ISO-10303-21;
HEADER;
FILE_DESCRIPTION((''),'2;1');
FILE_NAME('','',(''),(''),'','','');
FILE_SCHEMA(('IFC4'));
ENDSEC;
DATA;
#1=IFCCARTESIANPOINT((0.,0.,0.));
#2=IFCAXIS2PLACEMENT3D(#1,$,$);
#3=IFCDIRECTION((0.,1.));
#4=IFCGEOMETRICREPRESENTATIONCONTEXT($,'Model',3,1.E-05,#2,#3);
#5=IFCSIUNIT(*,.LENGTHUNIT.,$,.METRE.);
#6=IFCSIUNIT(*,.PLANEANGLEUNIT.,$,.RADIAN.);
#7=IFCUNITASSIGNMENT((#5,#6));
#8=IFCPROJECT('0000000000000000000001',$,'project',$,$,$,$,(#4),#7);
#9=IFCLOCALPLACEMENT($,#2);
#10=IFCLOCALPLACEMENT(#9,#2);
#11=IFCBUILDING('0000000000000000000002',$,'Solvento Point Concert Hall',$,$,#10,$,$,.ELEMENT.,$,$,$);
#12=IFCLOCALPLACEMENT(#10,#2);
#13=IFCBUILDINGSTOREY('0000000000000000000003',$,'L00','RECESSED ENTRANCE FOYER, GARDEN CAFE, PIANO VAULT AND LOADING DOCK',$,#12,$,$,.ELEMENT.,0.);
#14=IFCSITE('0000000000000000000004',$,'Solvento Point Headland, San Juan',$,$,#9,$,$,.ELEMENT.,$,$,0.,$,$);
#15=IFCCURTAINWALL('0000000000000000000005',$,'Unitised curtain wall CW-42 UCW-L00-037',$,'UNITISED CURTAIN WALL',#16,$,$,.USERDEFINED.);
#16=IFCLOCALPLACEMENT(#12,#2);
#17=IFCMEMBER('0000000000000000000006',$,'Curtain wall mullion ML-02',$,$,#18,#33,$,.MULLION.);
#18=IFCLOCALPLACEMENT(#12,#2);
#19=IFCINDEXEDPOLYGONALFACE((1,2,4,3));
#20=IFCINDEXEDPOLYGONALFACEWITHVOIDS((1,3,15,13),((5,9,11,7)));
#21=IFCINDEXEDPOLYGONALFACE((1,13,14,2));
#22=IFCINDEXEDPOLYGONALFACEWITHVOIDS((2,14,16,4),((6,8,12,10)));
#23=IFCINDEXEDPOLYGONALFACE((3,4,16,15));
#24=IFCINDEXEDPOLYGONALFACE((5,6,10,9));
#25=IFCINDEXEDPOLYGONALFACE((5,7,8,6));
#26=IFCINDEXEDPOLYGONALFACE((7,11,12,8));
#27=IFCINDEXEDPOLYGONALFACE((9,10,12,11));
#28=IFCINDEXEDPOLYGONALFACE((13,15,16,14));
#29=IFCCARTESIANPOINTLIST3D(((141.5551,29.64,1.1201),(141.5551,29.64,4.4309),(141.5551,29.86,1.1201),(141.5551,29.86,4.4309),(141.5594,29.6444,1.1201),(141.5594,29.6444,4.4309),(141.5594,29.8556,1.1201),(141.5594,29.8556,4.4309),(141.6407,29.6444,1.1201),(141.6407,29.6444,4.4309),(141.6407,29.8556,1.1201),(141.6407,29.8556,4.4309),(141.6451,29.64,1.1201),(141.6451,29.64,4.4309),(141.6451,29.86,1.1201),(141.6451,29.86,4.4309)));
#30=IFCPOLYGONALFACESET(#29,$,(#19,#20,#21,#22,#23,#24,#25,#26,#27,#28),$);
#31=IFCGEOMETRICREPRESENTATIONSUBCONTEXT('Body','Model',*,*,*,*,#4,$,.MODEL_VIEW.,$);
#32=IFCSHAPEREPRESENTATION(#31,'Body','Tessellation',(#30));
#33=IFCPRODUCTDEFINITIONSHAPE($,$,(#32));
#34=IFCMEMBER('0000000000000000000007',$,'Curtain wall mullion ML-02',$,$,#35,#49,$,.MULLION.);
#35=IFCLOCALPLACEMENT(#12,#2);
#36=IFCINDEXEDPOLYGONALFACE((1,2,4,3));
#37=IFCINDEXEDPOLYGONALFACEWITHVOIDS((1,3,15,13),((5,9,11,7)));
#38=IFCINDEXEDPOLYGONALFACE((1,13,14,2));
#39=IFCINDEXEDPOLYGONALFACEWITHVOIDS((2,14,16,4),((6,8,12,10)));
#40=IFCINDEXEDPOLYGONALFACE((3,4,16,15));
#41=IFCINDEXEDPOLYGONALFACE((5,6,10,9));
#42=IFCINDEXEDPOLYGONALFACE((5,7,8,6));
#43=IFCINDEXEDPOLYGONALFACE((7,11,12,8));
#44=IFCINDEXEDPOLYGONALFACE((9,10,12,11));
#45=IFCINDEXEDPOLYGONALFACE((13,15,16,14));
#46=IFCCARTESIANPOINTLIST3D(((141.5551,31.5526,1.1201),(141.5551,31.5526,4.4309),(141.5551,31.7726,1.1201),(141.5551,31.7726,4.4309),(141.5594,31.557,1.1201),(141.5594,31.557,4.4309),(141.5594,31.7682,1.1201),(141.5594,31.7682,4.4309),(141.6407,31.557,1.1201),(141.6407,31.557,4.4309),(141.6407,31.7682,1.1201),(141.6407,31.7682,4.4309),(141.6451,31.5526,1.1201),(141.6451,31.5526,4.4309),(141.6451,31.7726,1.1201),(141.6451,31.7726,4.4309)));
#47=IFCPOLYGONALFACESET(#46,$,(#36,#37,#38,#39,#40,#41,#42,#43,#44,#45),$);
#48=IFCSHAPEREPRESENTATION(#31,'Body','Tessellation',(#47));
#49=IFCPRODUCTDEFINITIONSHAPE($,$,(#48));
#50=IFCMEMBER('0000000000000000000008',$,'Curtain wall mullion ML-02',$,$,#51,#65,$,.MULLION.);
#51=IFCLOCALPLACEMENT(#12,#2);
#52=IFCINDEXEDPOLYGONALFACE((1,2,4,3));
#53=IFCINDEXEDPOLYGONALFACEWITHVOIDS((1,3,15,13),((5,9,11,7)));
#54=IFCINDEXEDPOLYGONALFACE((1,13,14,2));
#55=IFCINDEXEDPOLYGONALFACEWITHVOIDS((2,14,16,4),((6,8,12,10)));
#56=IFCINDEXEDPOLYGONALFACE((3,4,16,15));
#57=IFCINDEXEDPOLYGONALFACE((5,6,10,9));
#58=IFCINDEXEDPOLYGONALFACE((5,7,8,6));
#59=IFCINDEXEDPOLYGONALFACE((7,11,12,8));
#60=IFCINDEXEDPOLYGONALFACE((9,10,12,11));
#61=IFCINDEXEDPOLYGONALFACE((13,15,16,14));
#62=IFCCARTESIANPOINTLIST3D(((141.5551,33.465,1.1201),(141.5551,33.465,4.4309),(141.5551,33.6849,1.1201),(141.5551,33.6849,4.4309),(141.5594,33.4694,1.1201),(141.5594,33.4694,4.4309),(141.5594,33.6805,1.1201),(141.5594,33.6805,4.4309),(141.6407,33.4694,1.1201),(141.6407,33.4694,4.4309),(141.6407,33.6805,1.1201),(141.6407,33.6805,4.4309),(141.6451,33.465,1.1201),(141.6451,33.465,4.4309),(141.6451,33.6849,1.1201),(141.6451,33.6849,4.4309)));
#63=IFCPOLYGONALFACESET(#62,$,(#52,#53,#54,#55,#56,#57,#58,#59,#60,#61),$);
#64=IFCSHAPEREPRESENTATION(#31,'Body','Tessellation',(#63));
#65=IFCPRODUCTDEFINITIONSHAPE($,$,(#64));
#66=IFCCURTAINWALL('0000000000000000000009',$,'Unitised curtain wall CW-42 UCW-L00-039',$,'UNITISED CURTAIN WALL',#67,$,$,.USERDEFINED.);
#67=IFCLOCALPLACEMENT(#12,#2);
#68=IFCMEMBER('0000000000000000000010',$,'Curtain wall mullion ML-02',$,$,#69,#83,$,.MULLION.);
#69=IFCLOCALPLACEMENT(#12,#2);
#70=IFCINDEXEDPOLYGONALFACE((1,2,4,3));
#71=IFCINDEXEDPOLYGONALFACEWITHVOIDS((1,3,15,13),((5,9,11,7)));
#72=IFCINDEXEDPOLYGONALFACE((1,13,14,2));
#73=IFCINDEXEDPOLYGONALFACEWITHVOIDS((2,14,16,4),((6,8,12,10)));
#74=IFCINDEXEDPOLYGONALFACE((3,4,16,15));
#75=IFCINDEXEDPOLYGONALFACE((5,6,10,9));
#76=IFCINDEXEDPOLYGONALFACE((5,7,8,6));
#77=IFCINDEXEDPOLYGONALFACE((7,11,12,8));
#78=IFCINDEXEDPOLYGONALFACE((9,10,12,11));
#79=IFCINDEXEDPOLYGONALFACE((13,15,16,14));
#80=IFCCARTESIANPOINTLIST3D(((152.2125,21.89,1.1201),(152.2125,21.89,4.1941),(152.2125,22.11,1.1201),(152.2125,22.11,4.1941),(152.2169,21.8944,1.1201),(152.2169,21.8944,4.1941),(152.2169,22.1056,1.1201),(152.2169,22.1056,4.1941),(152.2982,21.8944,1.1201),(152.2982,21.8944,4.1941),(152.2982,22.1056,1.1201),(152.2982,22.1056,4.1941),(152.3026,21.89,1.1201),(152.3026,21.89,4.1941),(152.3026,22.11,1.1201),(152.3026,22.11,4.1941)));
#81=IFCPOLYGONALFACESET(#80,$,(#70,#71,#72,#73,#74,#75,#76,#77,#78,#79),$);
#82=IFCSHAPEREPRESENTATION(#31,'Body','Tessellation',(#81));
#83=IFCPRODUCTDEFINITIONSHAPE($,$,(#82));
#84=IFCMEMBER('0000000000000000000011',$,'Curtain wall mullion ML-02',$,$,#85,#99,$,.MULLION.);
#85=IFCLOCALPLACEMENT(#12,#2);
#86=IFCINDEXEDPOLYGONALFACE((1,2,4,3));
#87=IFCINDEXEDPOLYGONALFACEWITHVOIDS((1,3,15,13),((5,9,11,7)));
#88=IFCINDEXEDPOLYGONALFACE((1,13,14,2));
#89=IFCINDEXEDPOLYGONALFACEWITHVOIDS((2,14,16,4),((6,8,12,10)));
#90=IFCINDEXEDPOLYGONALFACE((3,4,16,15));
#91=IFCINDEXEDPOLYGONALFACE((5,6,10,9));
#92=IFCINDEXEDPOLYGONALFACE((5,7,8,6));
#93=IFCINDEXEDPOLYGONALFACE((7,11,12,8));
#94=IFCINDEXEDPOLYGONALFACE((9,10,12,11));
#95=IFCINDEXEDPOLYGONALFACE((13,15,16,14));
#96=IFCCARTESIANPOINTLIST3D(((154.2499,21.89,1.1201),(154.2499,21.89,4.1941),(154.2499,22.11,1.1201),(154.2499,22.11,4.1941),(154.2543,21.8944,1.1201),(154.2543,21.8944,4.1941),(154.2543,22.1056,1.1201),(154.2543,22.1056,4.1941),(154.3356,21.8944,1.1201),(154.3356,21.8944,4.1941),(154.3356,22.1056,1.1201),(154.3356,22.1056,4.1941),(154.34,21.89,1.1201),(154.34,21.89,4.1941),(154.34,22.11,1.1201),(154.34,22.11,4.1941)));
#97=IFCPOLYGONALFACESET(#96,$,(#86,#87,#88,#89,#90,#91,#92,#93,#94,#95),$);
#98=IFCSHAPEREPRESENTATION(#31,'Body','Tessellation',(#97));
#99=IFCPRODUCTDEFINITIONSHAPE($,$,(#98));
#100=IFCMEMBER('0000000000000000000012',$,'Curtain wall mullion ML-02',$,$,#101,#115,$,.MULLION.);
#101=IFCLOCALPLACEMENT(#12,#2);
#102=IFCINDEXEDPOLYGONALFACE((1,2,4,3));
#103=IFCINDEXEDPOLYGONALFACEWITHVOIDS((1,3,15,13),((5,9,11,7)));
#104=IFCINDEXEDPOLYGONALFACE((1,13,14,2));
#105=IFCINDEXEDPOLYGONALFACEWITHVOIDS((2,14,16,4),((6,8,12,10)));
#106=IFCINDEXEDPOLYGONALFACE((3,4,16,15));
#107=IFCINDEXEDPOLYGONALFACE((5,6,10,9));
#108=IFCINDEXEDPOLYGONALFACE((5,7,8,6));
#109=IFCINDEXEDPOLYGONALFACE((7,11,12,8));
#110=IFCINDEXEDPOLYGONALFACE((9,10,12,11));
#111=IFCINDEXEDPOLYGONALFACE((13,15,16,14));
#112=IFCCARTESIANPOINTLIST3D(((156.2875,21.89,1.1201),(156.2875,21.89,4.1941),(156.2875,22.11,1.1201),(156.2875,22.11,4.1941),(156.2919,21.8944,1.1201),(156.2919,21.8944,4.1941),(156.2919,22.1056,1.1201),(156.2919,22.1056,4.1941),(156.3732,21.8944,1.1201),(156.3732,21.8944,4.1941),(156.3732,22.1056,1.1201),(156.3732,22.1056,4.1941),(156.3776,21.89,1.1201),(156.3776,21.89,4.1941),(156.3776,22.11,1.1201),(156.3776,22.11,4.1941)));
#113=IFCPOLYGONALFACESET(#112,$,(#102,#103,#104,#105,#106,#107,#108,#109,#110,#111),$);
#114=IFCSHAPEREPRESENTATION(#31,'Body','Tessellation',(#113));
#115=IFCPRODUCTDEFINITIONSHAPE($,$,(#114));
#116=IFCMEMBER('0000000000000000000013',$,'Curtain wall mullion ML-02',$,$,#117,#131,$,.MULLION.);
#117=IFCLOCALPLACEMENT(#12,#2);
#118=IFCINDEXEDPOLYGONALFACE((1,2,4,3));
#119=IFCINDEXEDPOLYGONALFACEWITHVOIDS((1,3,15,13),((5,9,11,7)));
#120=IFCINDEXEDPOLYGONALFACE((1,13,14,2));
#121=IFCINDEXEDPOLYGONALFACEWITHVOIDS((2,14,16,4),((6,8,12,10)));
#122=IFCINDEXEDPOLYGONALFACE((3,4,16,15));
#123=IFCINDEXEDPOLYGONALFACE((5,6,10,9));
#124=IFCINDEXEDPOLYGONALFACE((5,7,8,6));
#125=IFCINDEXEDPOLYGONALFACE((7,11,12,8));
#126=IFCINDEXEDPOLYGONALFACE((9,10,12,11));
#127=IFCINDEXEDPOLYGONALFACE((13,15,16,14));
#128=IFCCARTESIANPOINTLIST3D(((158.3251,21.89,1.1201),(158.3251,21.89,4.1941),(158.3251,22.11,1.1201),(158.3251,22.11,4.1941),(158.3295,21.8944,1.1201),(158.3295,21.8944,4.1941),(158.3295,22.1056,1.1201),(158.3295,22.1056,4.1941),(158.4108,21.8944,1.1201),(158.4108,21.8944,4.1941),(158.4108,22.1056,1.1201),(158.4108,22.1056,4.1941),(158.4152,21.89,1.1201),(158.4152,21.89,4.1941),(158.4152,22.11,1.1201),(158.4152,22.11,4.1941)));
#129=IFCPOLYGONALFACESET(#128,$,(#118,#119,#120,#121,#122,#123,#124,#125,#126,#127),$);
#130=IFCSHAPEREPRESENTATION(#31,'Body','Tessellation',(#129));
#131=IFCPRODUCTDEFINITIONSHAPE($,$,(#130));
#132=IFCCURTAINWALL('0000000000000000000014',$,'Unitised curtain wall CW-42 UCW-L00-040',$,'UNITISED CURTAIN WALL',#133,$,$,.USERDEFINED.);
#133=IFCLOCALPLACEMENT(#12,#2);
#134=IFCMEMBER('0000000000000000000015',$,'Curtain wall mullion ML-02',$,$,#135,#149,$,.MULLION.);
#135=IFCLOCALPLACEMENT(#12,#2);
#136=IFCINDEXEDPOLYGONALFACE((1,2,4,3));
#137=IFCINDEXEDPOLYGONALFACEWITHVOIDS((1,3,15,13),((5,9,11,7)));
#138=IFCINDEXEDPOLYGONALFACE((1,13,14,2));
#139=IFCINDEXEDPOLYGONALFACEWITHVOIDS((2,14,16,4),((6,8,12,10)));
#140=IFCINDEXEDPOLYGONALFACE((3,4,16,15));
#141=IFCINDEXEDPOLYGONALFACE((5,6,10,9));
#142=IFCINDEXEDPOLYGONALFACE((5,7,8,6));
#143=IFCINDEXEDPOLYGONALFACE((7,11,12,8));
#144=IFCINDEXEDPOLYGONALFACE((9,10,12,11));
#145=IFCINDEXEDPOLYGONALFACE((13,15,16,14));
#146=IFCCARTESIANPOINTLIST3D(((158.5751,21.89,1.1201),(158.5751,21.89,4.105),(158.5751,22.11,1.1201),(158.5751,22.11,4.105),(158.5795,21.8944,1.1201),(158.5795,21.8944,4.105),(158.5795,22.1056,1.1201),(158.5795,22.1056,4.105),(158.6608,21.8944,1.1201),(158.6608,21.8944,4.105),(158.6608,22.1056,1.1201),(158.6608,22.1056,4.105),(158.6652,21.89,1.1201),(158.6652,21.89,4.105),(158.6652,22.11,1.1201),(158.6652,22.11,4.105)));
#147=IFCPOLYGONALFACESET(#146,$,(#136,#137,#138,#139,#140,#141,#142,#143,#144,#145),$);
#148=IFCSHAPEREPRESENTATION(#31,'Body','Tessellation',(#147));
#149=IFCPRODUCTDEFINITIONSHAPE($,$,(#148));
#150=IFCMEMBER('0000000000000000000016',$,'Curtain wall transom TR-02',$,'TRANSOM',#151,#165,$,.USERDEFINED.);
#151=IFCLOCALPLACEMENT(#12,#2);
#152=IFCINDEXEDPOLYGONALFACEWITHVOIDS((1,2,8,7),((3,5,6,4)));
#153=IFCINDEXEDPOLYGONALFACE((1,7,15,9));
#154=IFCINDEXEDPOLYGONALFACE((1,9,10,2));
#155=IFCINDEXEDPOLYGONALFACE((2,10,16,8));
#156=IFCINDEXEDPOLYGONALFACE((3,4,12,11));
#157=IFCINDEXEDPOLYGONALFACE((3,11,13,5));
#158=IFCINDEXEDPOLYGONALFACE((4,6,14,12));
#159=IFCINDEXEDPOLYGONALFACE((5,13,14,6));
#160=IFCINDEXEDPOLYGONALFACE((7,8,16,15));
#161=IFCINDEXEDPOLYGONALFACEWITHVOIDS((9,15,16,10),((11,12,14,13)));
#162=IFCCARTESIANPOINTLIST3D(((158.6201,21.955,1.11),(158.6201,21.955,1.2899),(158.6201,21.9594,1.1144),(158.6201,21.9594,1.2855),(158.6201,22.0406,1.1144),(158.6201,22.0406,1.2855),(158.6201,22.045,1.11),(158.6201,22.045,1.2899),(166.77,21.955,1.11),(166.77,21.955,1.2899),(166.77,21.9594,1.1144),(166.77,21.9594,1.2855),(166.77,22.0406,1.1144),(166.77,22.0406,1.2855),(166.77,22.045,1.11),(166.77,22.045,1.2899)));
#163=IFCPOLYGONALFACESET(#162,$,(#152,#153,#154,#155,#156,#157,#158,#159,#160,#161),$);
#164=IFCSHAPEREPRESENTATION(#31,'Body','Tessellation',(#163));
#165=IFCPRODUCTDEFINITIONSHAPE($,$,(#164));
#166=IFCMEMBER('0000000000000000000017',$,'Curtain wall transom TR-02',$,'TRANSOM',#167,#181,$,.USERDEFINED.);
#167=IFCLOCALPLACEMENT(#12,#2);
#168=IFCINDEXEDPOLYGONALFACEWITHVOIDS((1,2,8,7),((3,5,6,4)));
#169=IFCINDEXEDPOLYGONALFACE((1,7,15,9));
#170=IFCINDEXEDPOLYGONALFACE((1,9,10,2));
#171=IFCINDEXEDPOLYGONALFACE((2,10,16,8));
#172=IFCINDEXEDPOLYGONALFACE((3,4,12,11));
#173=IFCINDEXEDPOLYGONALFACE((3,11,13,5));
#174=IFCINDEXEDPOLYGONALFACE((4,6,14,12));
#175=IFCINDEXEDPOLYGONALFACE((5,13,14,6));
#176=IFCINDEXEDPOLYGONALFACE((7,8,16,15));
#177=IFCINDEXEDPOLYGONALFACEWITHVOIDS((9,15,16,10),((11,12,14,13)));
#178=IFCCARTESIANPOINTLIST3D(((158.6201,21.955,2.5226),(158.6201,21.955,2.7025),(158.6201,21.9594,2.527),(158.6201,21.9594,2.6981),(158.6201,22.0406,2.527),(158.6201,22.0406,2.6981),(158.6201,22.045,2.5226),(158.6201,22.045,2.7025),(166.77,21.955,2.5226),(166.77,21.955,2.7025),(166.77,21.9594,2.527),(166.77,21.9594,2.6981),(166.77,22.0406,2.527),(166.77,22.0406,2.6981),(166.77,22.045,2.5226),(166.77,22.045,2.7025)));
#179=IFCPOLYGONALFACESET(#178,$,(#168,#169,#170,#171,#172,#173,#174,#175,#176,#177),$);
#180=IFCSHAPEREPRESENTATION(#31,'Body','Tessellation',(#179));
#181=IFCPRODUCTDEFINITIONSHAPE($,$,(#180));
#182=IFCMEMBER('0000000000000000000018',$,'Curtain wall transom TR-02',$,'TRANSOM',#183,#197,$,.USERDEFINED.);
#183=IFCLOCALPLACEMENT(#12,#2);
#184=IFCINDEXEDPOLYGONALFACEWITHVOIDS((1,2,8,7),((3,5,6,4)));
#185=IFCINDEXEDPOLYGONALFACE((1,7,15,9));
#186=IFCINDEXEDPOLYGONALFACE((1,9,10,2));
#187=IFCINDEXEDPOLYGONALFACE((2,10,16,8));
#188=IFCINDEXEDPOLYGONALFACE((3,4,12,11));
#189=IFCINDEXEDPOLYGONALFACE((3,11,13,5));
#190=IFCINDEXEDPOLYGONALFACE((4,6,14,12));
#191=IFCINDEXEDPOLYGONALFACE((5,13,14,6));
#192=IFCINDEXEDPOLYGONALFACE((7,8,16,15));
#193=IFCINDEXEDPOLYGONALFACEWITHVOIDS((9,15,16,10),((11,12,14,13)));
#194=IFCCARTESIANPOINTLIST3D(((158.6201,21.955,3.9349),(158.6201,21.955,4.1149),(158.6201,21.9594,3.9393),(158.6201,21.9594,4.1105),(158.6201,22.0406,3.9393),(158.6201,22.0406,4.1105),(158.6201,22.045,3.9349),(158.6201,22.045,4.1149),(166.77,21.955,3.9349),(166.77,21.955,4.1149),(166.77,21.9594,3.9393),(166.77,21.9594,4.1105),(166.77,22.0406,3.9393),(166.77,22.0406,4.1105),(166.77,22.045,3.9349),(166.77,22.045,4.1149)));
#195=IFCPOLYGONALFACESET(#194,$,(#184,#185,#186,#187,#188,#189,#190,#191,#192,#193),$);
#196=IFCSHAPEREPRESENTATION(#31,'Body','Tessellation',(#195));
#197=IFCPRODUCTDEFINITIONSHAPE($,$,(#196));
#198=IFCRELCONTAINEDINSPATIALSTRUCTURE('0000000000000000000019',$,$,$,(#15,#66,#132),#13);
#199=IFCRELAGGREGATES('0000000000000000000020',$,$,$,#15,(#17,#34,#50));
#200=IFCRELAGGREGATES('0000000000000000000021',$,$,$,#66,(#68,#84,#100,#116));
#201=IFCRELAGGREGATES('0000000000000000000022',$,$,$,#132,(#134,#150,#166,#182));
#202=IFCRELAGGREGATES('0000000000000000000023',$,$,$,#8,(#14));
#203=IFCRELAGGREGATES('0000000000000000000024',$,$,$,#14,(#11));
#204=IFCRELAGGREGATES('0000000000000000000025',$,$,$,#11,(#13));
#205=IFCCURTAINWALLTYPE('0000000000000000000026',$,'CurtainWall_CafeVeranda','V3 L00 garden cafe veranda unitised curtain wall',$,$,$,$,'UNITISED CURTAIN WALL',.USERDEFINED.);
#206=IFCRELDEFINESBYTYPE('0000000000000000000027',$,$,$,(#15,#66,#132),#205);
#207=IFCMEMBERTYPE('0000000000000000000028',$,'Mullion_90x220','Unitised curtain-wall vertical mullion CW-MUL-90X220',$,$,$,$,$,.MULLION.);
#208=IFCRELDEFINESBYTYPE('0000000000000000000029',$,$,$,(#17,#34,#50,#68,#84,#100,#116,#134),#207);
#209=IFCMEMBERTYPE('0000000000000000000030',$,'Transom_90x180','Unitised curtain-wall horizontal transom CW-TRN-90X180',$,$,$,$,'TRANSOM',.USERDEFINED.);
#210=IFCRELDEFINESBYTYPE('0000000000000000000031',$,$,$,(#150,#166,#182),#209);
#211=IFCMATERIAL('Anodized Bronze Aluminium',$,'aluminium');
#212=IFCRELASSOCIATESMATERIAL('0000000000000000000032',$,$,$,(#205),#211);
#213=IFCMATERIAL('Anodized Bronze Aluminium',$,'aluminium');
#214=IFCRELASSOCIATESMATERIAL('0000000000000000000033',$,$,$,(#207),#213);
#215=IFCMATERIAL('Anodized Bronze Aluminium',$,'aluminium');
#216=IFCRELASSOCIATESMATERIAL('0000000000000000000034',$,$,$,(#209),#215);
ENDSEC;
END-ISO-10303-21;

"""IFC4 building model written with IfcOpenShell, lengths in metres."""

from ifc_helpers import new_model, si_unit, direction, frame, origin, origin_2d, place, context, subcontext, project, spatial, hollow_rectangle, extrude, material, material_profile, profile_set, type_object, element, aggregate, save


model = new_model("IFC4")

# Units and contexts
model_context = context("Model", 3, precision=1e-05, world=origin(), true_north=direction((0.0, 1.0)))
body_context = subcontext(model_context, "Body", "Model", "MODEL_VIEW")
ifc_project = project(units=[si_unit("LENGTHUNIT", "METRE"), si_unit("PLANEANGLEUNIT", "RADIAN")], contexts=[model_context])

# Site, building, storey
site_placement = place(None, origin())
site = spatial("IfcSite", under=ifc_project, at=site_placement, Name="Solvento Point Headland, San Juan", CompositionType="ELEMENT", RefElevation=0.0)
building_placement = place(site_placement, origin())
building = spatial("IfcBuilding", under=site, at=building_placement, Name="Solvento Point Concert Hall", CompositionType="ELEMENT")
storey_placement = place(building_placement, origin())
storey = spatial("IfcBuildingStorey", under=building, at=storey_placement, Name="L00", Description="RECESSED ENTRANCE FOYER, GARDEN CAFE, PIANO VAULT AND LOADING DOCK", CompositionType="ELEMENT", Elevation=0.0)

# Curtain walls, members
ifc_material_1 = material(Name="Anodized Bronze Aluminium", Category="aluminium")
curtain_wall_type = type_object("IfcCurtainWallType", Name="CurtainWall_CafeVeranda", Description="V3 L00 garden cafe veranda unitised curtain wall", ElementType="UNITISED CURTAIN WALL", PredefinedType="USERDEFINED", material=ifc_material_1)
curtain_wall_1_placement = place(storey_placement, origin())
curtain_wall_1 = element("IfcCurtainWall", 1, at=curtain_wall_1_placement, inside=storey, type_object=curtain_wall_type, Name="Unitised curtain wall CW-42 UCW-L00-037", ObjectType="UNITISED CURTAIN WALL", PredefinedType="USERDEFINED")
ifc_material_2 = material(Name="Anodized Bronze Aluminium", Category="aluminium")
ifc_material_profile_1 = material_profile(ifc_material_2, hollow_rectangle(XDim=0.0901, YDim=0.22, WallThickness=0.0044, at=origin_2d()), Name="CW-MUL-90X220")
ifc_profile_set_1 = profile_set([ifc_material_profile_1], Name="Anodized Bronze Aluminium")
member_type_1 = type_object("IfcMemberType", Name="Mullion_90x220", Description="Unitised curtain-wall vertical mullion CW-MUL-90X220", PredefinedType="MULLION", material=ifc_profile_set_1)
member_1_placement = place(storey_placement, frame((141.6001, 29.75, 1.1201), z_axis=(0.0, 0.0, 1.0), x_axis=(1.0, 0.0, 0.0)))
member_1 = element("IfcMember", 2, at=member_1_placement, type_object=member_type_1, Name="Curtain wall mullion ML-02", PredefinedType="MULLION", context=body_context, shape_type="SweptSolid", body=[
    extrude(hollow_rectangle(XDim=0.0901, YDim=0.22, WallThickness=0.0044, at=origin_2d()), origin(), (0.0, 0.0, 1.0), 3.3108),
])
member_2_placement = place(storey_placement, frame((141.6001, 31.6626, 1.1201), z_axis=(0.0, 0.0, 1.0), x_axis=(1.0, 0.0, 0.0)))
member_2 = element("IfcMember", 3, at=member_2_placement, type_object=member_type_1, Name="Curtain wall mullion ML-02", PredefinedType="MULLION", context=body_context, shape_type="SweptSolid", body=[
    extrude(hollow_rectangle(XDim=0.0901, YDim=0.22, WallThickness=0.0044, at=origin_2d()), origin(), (0.0, 0.0, 1.0), 3.3108),
])
member_3_placement = place(storey_placement, frame((141.6001, 33.575, 1.1201), z_axis=(0.0, 0.0, 1.0), x_axis=(1.0, 0.0, 0.0)))
member_3 = element("IfcMember", 4, at=member_3_placement, type_object=member_type_1, Name="Curtain wall mullion ML-02", PredefinedType="MULLION", context=body_context, shape_type="SweptSolid", body=[
    extrude(hollow_rectangle(XDim=0.0901, YDim=0.22, WallThickness=0.0044, at=origin_2d()), origin(), (0.0, 0.0, 1.0), 3.3108),
])
curtain_wall_2_placement = place(storey_placement, origin())
curtain_wall_2 = element("IfcCurtainWall", 5, at=curtain_wall_2_placement, inside=storey, type_object=curtain_wall_type, Name="Unitised curtain wall CW-42 UCW-L00-039", ObjectType="UNITISED CURTAIN WALL", PredefinedType="USERDEFINED")
member_4_placement = place(storey_placement, frame((152.2576, 22.0, 1.1201), z_axis=(0.0, 0.0, 1.0), x_axis=(1.0, 0.0, 0.0)))
member_4 = element("IfcMember", 6, at=member_4_placement, type_object=member_type_1, Name="Curtain wall mullion ML-02", PredefinedType="MULLION", context=body_context, shape_type="SweptSolid", body=[
    extrude(hollow_rectangle(XDim=0.0901, YDim=0.22, WallThickness=0.0044, at=origin_2d()), origin(), (0.0, 0.0, 1.0), 3.074),
])
member_5_placement = place(storey_placement, frame((154.2949, 22.0, 1.1201), z_axis=(0.0, 0.0, 1.0), x_axis=(1.0, 0.0, 0.0)))
member_5 = element("IfcMember", 7, at=member_5_placement, type_object=member_type_1, Name="Curtain wall mullion ML-02", PredefinedType="MULLION", context=body_context, shape_type="SweptSolid", body=[
    extrude(hollow_rectangle(XDim=0.0901, YDim=0.22, WallThickness=0.0044, at=origin_2d()), origin(), (0.0, 0.0, 1.0), 3.074),
])
member_6_placement = place(storey_placement, frame((156.3325, 22.0, 1.1201), z_axis=(0.0, 0.0, 1.0), x_axis=(1.0, 0.0, 0.0)))
member_6 = element("IfcMember", 8, at=member_6_placement, type_object=member_type_1, Name="Curtain wall mullion ML-02", PredefinedType="MULLION", context=body_context, shape_type="SweptSolid", body=[
    extrude(hollow_rectangle(XDim=0.0901, YDim=0.22, WallThickness=0.0044, at=origin_2d()), origin(), (0.0, 0.0, 1.0), 3.074),
])
member_7_placement = place(storey_placement, frame((158.3701, 22.0, 1.1201), z_axis=(0.0, 0.0, 1.0), x_axis=(1.0, 0.0, 0.0)))
member_7 = element("IfcMember", 9, at=member_7_placement, type_object=member_type_1, Name="Curtain wall mullion ML-02", PredefinedType="MULLION", context=body_context, shape_type="SweptSolid", body=[
    extrude(hollow_rectangle(XDim=0.0901, YDim=0.22, WallThickness=0.0044, at=origin_2d()), origin(), (0.0, 0.0, 1.0), 3.074),
])
curtain_wall_3_placement = place(storey_placement, origin())
curtain_wall_3 = element("IfcCurtainWall", 10, at=curtain_wall_3_placement, inside=storey, type_object=curtain_wall_type, Name="Unitised curtain wall CW-42 UCW-L00-040", ObjectType="UNITISED CURTAIN WALL", PredefinedType="USERDEFINED")
member_8_placement = place(storey_placement, frame((158.6201, 22.0, 1.1201), z_axis=(0.0, 0.0, 1.0), x_axis=(1.0, 0.0, 0.0)))
member_8 = element("IfcMember", 11, at=member_8_placement, type_object=member_type_1, Name="Curtain wall mullion ML-02", PredefinedType="MULLION", context=body_context, shape_type="SweptSolid", body=[
    extrude(hollow_rectangle(XDim=0.0901, YDim=0.22, WallThickness=0.0044, at=origin_2d()), origin(), (0.0, 0.0, 1.0), 2.9849),
])
ifc_material_3 = material(Name="Anodized Bronze Aluminium", Category="aluminium")
ifc_material_profile_2 = material_profile(ifc_material_3, hollow_rectangle(XDim=0.0901, YDim=0.1799, WallThickness=0.0044, at=origin_2d()), Name="CW-TRN-90X180")
ifc_profile_set_2 = profile_set([ifc_material_profile_2], Name="Anodized Bronze Aluminium")
member_type_2 = type_object("IfcMemberType", Name="Transom_90x180", Description="Unitised curtain-wall horizontal transom CW-TRN-90X180", ElementType="TRANSOM", PredefinedType="USERDEFINED", material=ifc_profile_set_2)
member_9_placement = place(storey_placement, frame((158.6201, 22.0, 1.2), z_axis=(1.0, 0.0, 0.0), x_axis=(0.0, 1.0, 0.0)))
member_9 = element("IfcMember", 12, at=member_9_placement, type_object=member_type_2, Name="Curtain wall transom TR-02", ObjectType="TRANSOM", PredefinedType="USERDEFINED", context=body_context, shape_type="SweptSolid", body=[
    extrude(hollow_rectangle(XDim=0.0901, YDim=0.1799, WallThickness=0.0044, at=origin_2d()), origin(), (0.0, 0.0, 1.0), 8.1499),
])
member_10_placement = place(storey_placement, frame((158.6201, 22.0, 2.6125), z_axis=(1.0, 0.0, 0.0), x_axis=(0.0, 1.0, 0.0)))
member_10 = element("IfcMember", 13, at=member_10_placement, type_object=member_type_2, Name="Curtain wall transom TR-02", ObjectType="TRANSOM", PredefinedType="USERDEFINED", context=body_context, shape_type="SweptSolid", body=[
    extrude(hollow_rectangle(XDim=0.0901, YDim=0.1799, WallThickness=0.0044, at=origin_2d()), origin(), (0.0, 0.0, 1.0), 8.1499),
])
member_11_placement = place(storey_placement, frame((158.6201, 22.0, 4.0249), z_axis=(1.0, 0.0, 0.0), x_axis=(0.0, 1.0, 0.0)))
member_11 = element("IfcMember", 14, at=member_11_placement, type_object=member_type_2, Name="Curtain wall transom TR-02", ObjectType="TRANSOM", PredefinedType="USERDEFINED", context=body_context, shape_type="SweptSolid", body=[
    extrude(hollow_rectangle(XDim=0.0901, YDim=0.1799, WallThickness=0.0044, at=origin_2d()), origin(), (0.0, 0.0, 1.0), 8.1499),
])

aggregate(curtain_wall_1, [member_1, member_2, member_3])
aggregate(curtain_wall_2, [member_4, member_5, member_6, member_7])
aggregate(curtain_wall_3, [member_8, member_9, member_10, member_11])

save(model, "model.ifc")
